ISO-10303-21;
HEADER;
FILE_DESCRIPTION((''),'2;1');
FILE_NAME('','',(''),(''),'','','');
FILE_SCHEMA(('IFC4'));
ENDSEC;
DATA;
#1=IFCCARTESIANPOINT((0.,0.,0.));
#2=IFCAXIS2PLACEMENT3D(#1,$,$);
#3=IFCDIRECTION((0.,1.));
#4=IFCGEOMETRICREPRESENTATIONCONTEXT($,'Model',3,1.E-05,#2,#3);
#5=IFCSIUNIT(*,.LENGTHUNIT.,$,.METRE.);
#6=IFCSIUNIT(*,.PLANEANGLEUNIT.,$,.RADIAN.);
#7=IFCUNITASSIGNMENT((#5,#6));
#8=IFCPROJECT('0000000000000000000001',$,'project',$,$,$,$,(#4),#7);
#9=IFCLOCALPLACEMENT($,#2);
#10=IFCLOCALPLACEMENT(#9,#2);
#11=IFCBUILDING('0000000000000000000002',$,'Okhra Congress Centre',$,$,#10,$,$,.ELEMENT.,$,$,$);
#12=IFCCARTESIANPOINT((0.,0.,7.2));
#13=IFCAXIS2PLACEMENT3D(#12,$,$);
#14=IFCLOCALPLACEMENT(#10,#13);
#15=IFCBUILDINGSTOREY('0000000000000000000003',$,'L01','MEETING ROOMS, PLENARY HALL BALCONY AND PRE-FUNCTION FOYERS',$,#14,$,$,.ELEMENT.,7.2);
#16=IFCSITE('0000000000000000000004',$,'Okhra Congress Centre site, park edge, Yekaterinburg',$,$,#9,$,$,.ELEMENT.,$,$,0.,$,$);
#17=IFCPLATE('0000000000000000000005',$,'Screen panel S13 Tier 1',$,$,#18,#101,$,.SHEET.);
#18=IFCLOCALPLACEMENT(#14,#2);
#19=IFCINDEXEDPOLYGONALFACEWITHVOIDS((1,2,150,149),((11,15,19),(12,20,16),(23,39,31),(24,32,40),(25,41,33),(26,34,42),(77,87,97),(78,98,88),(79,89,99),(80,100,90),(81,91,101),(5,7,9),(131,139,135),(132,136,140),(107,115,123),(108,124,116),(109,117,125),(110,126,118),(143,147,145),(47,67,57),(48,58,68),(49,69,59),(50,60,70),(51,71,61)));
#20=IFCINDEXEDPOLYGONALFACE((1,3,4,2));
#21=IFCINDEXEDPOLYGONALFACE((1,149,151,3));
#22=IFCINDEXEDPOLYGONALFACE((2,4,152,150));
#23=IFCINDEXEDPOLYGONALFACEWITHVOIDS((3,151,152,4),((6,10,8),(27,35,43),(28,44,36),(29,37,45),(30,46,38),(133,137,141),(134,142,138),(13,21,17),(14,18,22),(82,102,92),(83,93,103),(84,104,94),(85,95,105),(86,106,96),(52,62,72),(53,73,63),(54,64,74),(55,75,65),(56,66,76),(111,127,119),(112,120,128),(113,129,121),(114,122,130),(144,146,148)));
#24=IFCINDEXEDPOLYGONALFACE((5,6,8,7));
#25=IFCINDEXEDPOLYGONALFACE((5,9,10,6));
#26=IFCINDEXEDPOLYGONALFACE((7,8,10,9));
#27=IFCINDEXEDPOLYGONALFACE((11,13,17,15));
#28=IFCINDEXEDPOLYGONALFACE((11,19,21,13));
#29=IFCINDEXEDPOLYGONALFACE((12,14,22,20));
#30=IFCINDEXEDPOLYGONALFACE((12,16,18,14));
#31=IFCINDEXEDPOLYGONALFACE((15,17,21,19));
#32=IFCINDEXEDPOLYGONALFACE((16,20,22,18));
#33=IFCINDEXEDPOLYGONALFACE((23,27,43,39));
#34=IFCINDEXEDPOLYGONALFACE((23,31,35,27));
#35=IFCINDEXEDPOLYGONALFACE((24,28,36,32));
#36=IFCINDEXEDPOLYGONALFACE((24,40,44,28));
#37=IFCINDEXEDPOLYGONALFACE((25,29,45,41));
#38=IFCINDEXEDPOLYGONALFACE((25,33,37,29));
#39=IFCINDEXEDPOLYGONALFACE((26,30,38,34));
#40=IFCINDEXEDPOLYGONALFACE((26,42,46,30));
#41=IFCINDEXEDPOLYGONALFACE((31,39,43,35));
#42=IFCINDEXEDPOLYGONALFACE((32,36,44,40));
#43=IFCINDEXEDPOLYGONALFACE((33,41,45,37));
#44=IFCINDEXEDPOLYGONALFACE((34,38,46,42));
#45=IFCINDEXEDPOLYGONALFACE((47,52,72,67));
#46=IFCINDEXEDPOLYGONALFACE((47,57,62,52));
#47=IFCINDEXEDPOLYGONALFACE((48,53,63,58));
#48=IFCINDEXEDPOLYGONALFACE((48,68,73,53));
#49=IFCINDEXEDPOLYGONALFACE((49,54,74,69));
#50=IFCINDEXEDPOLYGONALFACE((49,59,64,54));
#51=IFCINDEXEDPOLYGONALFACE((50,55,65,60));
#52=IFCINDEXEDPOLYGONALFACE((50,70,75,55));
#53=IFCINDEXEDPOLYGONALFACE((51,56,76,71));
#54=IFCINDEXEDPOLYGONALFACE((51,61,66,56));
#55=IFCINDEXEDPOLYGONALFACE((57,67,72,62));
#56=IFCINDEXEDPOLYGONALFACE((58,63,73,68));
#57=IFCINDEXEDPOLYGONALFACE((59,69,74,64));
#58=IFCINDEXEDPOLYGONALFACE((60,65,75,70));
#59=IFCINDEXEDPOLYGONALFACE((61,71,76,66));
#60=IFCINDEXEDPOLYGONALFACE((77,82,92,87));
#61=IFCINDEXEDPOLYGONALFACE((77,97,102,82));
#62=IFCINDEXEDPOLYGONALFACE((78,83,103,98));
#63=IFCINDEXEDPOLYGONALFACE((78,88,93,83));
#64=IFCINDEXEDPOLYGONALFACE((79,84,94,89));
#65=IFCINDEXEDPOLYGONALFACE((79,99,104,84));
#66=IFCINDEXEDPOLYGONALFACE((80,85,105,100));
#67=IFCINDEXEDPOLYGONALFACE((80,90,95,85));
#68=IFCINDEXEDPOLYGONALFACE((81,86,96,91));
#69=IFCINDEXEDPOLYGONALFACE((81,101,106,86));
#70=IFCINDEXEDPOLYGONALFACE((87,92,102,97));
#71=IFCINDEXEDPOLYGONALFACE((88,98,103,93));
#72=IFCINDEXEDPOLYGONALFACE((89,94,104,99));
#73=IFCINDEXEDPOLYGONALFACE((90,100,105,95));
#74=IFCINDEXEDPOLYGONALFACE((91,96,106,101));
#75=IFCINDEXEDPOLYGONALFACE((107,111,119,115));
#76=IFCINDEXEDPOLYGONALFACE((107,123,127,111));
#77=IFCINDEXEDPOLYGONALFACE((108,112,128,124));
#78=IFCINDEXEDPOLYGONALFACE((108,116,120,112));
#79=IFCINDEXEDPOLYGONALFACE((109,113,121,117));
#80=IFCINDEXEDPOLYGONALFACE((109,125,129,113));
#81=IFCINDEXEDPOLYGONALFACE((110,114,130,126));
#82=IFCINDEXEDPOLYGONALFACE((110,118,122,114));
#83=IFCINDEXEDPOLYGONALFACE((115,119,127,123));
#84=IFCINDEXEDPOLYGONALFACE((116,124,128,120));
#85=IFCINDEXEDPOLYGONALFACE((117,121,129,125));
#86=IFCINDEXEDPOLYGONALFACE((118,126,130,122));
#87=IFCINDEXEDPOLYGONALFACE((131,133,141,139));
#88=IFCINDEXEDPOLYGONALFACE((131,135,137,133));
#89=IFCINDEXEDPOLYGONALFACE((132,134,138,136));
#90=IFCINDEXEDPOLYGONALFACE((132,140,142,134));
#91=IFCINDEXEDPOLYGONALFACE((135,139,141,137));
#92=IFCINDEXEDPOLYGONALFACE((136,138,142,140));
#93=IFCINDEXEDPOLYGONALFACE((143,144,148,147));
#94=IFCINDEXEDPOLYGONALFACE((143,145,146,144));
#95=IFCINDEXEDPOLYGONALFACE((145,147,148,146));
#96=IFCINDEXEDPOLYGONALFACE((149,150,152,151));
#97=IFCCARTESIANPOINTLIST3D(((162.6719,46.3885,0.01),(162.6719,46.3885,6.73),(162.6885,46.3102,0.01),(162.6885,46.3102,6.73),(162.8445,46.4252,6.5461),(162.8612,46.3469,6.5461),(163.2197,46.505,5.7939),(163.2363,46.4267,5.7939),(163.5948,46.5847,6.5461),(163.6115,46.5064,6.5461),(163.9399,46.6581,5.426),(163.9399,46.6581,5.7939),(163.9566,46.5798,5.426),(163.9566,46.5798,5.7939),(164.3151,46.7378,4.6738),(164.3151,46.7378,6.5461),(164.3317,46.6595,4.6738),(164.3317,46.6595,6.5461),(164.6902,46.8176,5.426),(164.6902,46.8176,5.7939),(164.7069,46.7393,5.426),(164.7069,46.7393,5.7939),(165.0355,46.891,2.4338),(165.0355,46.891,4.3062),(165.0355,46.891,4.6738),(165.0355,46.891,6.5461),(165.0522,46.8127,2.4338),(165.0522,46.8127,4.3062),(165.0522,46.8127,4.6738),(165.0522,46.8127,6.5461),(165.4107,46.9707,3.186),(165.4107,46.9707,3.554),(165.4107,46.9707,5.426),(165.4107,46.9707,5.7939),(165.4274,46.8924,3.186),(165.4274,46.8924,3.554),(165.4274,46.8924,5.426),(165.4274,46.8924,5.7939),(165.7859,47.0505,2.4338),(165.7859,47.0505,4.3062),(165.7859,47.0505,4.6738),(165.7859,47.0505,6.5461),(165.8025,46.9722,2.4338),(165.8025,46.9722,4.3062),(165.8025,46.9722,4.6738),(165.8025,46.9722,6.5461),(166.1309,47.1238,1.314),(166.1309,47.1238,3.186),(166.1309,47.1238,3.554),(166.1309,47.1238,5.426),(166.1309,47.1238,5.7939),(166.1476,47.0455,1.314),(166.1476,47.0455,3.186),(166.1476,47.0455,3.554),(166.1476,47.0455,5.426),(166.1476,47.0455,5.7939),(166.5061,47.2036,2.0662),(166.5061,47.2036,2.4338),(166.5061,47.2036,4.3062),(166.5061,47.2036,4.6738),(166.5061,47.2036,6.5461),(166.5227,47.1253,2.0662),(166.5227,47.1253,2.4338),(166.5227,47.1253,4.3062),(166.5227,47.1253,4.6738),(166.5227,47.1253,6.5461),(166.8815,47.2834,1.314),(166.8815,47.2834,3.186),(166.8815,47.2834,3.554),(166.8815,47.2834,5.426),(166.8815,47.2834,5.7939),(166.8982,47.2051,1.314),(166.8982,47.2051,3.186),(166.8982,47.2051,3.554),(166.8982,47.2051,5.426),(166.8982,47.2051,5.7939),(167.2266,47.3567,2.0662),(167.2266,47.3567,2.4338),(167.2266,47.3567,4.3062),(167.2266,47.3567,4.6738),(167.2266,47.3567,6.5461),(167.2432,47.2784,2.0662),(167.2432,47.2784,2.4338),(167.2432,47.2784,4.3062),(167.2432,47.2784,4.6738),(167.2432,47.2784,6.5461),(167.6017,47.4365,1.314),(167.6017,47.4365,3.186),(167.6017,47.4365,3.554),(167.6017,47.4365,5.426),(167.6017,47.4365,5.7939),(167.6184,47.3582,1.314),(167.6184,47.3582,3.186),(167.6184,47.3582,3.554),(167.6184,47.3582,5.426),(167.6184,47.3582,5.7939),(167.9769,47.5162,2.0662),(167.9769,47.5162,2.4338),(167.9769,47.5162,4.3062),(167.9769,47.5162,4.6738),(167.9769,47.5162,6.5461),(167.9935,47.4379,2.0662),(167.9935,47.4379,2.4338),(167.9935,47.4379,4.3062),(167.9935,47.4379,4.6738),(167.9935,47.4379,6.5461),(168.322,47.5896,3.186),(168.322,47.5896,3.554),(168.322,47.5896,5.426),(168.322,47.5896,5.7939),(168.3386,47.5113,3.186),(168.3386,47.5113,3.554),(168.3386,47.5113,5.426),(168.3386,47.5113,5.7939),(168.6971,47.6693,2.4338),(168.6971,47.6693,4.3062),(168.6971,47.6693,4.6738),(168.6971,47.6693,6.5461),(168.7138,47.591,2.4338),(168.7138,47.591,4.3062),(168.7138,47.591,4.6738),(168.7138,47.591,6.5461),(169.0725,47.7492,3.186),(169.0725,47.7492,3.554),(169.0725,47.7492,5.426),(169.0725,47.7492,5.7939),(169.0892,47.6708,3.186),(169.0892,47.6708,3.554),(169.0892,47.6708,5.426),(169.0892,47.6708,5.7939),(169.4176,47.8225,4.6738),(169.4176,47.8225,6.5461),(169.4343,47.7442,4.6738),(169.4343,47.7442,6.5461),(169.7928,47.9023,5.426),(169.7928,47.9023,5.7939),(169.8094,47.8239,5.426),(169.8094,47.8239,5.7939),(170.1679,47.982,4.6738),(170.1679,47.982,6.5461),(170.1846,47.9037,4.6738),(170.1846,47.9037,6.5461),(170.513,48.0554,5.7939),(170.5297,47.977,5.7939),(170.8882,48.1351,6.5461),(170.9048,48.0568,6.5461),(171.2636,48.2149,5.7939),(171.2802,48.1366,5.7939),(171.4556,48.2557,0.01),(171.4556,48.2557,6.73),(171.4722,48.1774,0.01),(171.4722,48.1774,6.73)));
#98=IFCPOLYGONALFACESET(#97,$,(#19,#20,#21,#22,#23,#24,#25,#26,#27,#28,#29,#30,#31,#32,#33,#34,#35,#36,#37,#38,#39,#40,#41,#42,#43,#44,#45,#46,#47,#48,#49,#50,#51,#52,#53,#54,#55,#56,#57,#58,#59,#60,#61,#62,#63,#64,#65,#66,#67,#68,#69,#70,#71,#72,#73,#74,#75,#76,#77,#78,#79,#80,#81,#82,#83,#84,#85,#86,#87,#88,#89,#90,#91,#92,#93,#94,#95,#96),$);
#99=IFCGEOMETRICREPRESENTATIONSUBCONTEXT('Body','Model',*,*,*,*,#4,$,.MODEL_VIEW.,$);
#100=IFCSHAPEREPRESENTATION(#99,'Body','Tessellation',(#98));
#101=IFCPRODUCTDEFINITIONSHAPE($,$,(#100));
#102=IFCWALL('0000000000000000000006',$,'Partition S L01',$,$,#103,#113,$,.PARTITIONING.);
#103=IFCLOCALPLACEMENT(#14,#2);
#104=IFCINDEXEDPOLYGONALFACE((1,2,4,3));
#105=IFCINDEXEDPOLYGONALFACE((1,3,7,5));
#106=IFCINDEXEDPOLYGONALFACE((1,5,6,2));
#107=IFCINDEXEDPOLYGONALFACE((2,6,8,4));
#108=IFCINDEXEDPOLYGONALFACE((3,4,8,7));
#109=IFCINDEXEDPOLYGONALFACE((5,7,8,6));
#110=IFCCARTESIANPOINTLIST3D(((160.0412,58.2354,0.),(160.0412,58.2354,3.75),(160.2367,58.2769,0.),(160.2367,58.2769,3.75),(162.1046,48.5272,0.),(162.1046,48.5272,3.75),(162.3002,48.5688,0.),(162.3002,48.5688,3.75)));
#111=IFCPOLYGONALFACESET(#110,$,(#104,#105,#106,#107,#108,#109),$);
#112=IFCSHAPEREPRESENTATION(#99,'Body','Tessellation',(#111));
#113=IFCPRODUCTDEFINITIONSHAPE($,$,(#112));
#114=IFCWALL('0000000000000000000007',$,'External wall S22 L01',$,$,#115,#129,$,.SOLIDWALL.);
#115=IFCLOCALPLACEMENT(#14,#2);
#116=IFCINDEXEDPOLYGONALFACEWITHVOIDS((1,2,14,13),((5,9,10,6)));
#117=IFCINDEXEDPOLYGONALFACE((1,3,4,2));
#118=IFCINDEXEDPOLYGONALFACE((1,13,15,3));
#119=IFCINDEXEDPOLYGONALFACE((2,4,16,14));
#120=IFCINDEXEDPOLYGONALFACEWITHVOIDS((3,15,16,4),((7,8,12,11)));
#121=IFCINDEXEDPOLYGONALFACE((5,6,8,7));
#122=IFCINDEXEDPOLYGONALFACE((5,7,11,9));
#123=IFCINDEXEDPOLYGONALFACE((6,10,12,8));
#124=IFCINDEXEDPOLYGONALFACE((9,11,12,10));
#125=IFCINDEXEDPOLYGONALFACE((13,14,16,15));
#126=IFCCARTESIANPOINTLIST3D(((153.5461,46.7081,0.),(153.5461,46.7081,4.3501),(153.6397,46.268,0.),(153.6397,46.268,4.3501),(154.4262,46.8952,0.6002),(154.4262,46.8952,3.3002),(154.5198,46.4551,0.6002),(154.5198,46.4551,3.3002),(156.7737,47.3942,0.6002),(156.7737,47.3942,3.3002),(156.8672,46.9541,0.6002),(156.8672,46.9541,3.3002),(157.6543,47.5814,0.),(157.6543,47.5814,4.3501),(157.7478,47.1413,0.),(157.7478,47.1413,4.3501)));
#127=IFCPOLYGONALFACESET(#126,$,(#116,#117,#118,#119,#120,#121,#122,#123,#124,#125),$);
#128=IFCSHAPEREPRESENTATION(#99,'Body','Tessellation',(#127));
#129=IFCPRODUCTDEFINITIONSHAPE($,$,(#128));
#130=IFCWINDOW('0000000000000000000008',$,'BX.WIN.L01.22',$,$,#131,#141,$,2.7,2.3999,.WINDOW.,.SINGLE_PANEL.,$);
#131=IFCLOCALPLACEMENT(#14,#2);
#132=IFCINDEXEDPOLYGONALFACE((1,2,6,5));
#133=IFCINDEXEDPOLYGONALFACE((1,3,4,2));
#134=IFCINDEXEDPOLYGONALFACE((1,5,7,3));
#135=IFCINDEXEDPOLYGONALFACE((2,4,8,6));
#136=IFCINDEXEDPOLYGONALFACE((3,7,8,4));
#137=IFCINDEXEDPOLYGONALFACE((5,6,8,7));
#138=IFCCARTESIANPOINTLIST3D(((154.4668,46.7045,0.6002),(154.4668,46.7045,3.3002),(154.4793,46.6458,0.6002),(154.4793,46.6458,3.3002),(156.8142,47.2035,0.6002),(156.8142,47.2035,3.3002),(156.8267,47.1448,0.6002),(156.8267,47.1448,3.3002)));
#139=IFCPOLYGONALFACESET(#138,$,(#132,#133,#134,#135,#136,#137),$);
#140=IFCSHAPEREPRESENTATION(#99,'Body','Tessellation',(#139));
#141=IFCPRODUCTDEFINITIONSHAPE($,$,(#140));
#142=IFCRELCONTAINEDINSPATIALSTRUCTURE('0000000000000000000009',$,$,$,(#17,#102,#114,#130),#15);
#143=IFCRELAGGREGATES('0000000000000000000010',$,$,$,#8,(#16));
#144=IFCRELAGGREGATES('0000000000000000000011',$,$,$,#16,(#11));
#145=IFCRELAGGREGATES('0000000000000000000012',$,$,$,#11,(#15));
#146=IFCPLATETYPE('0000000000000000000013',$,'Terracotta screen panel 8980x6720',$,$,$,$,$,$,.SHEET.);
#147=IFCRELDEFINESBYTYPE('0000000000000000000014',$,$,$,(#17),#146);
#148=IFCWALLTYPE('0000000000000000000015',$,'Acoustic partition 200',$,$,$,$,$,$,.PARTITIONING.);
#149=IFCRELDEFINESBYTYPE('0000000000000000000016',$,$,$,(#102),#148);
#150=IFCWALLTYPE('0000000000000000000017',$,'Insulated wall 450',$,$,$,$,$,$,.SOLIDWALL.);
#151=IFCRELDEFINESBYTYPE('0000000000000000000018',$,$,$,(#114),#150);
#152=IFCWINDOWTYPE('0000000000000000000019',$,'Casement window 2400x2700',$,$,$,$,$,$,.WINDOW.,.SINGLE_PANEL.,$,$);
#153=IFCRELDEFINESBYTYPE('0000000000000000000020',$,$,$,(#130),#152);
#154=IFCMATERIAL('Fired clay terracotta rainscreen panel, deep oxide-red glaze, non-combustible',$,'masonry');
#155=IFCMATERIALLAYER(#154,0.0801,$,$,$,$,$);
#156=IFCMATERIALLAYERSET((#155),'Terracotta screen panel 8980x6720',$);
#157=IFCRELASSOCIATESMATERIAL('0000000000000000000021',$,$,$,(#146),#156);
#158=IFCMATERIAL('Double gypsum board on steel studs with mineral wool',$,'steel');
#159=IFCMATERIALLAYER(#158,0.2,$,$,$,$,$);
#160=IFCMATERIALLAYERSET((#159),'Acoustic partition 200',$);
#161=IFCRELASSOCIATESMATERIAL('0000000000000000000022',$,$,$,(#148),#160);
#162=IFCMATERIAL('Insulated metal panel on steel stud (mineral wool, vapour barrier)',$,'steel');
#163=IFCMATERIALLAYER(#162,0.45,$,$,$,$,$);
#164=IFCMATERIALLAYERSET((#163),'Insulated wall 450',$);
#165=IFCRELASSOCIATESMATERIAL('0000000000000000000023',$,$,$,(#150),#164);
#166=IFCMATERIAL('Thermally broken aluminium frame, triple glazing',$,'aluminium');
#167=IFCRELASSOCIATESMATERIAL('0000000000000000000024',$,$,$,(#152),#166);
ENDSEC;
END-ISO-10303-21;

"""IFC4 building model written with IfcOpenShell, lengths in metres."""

from ifc_helpers import new_model, si_unit, direction, frame, frame_2d, origin, place, context, subcontext, project, spatial, polyline, rectangle, outline, extrude, material, layer, layer_set, type_object, element, fill, save


model = new_model("IFC4")

# Units and contexts
model_context = context("Model", 3, precision=1e-05, world=origin(), true_north=direction((0.0, 1.0)))
body_context = subcontext(model_context, "Body", "Model", "MODEL_VIEW")
ifc_project = project(units=[si_unit("LENGTHUNIT", "METRE"), si_unit("PLANEANGLEUNIT", "RADIAN")], contexts=[model_context])

# Site, building, storey
site_placement = place(None, origin())
site = spatial("IfcSite", under=ifc_project, at=site_placement, Name="Okhra Congress Centre site, park edge, Yekaterinburg", CompositionType="ELEMENT", RefElevation=0.0)
building_placement = place(site_placement, origin())
building = spatial("IfcBuilding", under=site, at=building_placement, Name="Okhra Congress Centre", CompositionType="ELEMENT")
storey_placement = place(building_placement, frame((0.0, 0.0, 7.2)))
storey = spatial("IfcBuildingStorey", under=building, at=storey_placement, Name="L01", Description="MEETING ROOMS, PLENARY HALL BALCONY AND PRE-FUNCTION FOYERS", CompositionType="ELEMENT", Elevation=7.2)

# Plate
ifc_material_1 = material(Name="Fired clay terracotta rainscreen panel, deep oxide-red glaze, non-combustible", Category="masonry")
ifc_layer_1 = layer(ifc_material_1, 0.0801)
ifc_layer_set_1 = layer_set([ifc_layer_1], Name="Terracotta screen panel 8980x6720")
plate_type = type_object("IfcPlateType", Name="Terracotta screen panel 8980x6720", PredefinedType="SHEET", material=ifc_layer_set_1)
plate_1_placement = place(storey_placement, frame((162.6802, 46.3494, 0.01), z_axis=(0.0, 0.0, 1.0), x_axis=(0.978144, 0.207928, 0.0)))
element("IfcPlate", 1, at=plate_1_placement, inside=storey, type_object=plate_type, Name="Screen panel S13 Tier 1", PredefinedType="SHEET", context=body_context, shape_type="SweptSolid", body=[
    extrude(outline(polyline([(0.0, 0.0), (8.98, 0.0), (8.98, 6.72), (0.0, 6.72), (0.0, 0.0)]), holes=[polyline([(3.5364, 1.304), (4.3037, 1.304), (3.9199, 2.0562), (3.5364, 1.304)]), polyline([(4.6565, 2.0562), (5.04, 1.304), (5.4236, 2.0562), (4.6565, 2.0562)]), polyline([(2.4165, 2.4238), (3.1836, 2.4238), (2.8, 3.176), (2.4165, 2.4238)]), polyline([(3.5364, 3.176), (3.9199, 2.4238), (4.3037, 3.176), (3.5364, 3.176)]), polyline([(4.6565, 2.4238), (5.4236, 2.4238), (5.04, 3.176), (4.6565, 2.4238)]), polyline([(5.7764, 3.176), (6.1599, 2.4238), (6.5437, 3.176), (5.7764, 3.176)]), polyline([(2.4165, 4.2961), (2.8, 3.5439), (3.1836, 4.2961), (2.4165, 4.2961)]), polyline([(3.5364, 3.5439), (4.3037, 3.5439), (3.9199, 4.2961), (3.5364, 3.5439)]), polyline([(4.6565, 4.2961), (5.04, 3.5439), (5.4236, 4.2961), (4.6565, 4.2961)]), polyline([(5.7764, 3.5439), (6.5437, 3.5439), (6.1599, 4.2961), (5.7764, 3.5439)]), polyline([(1.2964, 5.416), (1.6799, 4.6638), (2.0635, 5.416), (1.2964, 5.416)]), polyline([(2.4165, 4.6638), (3.1836, 4.6638), (2.8, 5.416), (2.4165, 4.6638)]), polyline([(3.5364, 5.416), (3.9199, 4.6638), (4.3037, 5.416), (3.5364, 5.416)]), polyline([(4.6565, 4.6638), (5.4236, 4.6638), (5.04, 5.416), (4.6565, 4.6638)]), polyline([(5.7764, 5.416), (6.1599, 4.6638), (6.5437, 5.416), (5.7764, 5.416)]), polyline([(6.8965, 4.6638), (7.6636, 4.6638), (7.28, 5.416), (6.8965, 4.6638)]), polyline([(0.1765, 6.5361), (0.5601, 5.7839), (0.9436, 6.5361), (0.1765, 6.5361)]), polyline([(1.2964, 5.7839), (2.0635, 5.7839), (1.6799, 6.5361), (1.2964, 5.7839)]), polyline([(2.4165, 6.5361), (2.8, 5.7839), (3.1836, 6.5361), (2.4165, 6.5361)]), polyline([(3.5364, 5.7839), (4.3037, 5.7839), (3.9199, 6.5361), (3.5364, 5.7839)]), polyline([(4.6565, 6.5361), (5.04, 5.7839), (5.4236, 6.5361), (4.6565, 6.5361)]), polyline([(5.7764, 5.7839), (6.5437, 5.7839), (6.1599, 6.5361), (5.7764, 5.7839)]), polyline([(6.8965, 6.5361), (7.28, 5.7839), (7.6636, 6.5361), (6.8965, 6.5361)]), polyline([(8.0164, 5.7839), (8.7837, 5.7839), (8.3999, 6.5361), (8.0164, 5.7839)])]), frame((0.0, 0.04, 0.0), z_axis=(0.0, -1.0, 0.0), x_axis=(1.0, 0.0, 0.0)), (0.0, 0.0, 1.0), 0.0801),
])

# Wall
ifc_material_2 = material(Name="Double gypsum board on steel studs with mineral wool", Category="steel")
ifc_layer_2 = layer(ifc_material_2, 0.2)
ifc_layer_set_2 = layer_set([ifc_layer_2], Name="Acoustic partition 200")
wall_type_1 = type_object("IfcWallType", Name="Acoustic partition 200", PredefinedType="PARTITIONING", material=ifc_layer_set_2)
wall_1_placement = place(storey_placement, frame((162.2024, 48.5481, 0.0), z_axis=(0.0, 0.0, 1.0), x_axis=(-0.207904, 0.978149, 0.0)))
element("IfcWall", 2, at=wall_1_placement, inside=storey, type_object=wall_type_1, Name="Partition S L01", PredefinedType="PARTITIONING", context=body_context, shape_type="SweptSolid", body=[
    extrude(rectangle(XDim=9.925, YDim=0.2, at=frame_2d((4.9624, 0.0))), origin(), (0.0, 0.0, 1.0), 3.75),
])

# Wall, opening, window
ifc_material_3 = material(Name="Insulated metal panel on steel stud (mineral wool, vapour barrier)", Category="steel")
ifc_layer_3 = layer(ifc_material_3, 0.45)
ifc_layer_set_3 = layer_set([ifc_layer_3], Name="Insulated wall 450")
wall_type_2 = type_object("IfcWallType", Name="Insulated wall 450", PredefinedType="SOLIDWALL", material=ifc_layer_set_3)
wall_2_placement = place(storey_placement, frame((153.5928, 46.488, 0.0), z_axis=(0.0, 0.0, 1.0), x_axis=(0.978144, 0.207929, 0.0)))
wall_2 = element("IfcWall", 3, at=wall_2_placement, inside=storey, type_object=wall_type_2, Name="External wall S22 L01", PredefinedType="SOLIDWALL", context=body_context, shape_type="SweptSolid", body=[
    extrude(rectangle(XDim=4.2, YDim=0.45, at=frame_2d((2.1001, 0.0))), origin(), (0.0, 0.0, 1.0), 4.3501),
])
opening_1_placement = place(wall_2_placement, frame((0.8999, 0.0, 0.6001)))
opening_1 = element("IfcOpeningElement", 4, at=opening_1_placement, cuts=wall_2, PredefinedType="OPENING", context=body_context, shape_type="SweptSolid", body=[
    extrude(rectangle(XDim=2.3999, YDim=2.7, at=frame_2d((1.2, 1.3501))), frame((0.0, 0.2349, 0.0), z_axis=(0.0, -1.0, 0.0), x_axis=(1.0, 0.0, 0.0)), (0.0, 0.0, 1.0), 0.47),
])
ifc_material_4 = material(Name="Thermally broken aluminium frame, triple glazing", Category="aluminium")
window_type_1 = type_object("IfcWindowType", Name="Casement window 2400x2700", PartitioningType="SINGLE_PANEL", PredefinedType="WINDOW", material=ifc_material_4)
window_1_placement = place(opening_1_placement, origin())
window_1 = element("IfcWindow", 5, at=window_1_placement, inside=storey, type_object=window_type_1, Name="BX.WIN.L01.22", OverallHeight=2.7, OverallWidth=2.3999, PartitioningType="SINGLE_PANEL", PredefinedType="WINDOW", context=body_context, shape_type="SweptSolid", body=[
    extrude(rectangle(XDim=2.3999, YDim=2.7, at=frame_2d((1.2, 1.3501))), frame((0.0, 0.03, 0.0), z_axis=(0.0, -1.0, 0.0), x_axis=(1.0, 0.0, 0.0)), (0.0, 0.0, 1.0), 0.0601),
])
fill(opening_1, window_1)

save(model, "model.ifc")
